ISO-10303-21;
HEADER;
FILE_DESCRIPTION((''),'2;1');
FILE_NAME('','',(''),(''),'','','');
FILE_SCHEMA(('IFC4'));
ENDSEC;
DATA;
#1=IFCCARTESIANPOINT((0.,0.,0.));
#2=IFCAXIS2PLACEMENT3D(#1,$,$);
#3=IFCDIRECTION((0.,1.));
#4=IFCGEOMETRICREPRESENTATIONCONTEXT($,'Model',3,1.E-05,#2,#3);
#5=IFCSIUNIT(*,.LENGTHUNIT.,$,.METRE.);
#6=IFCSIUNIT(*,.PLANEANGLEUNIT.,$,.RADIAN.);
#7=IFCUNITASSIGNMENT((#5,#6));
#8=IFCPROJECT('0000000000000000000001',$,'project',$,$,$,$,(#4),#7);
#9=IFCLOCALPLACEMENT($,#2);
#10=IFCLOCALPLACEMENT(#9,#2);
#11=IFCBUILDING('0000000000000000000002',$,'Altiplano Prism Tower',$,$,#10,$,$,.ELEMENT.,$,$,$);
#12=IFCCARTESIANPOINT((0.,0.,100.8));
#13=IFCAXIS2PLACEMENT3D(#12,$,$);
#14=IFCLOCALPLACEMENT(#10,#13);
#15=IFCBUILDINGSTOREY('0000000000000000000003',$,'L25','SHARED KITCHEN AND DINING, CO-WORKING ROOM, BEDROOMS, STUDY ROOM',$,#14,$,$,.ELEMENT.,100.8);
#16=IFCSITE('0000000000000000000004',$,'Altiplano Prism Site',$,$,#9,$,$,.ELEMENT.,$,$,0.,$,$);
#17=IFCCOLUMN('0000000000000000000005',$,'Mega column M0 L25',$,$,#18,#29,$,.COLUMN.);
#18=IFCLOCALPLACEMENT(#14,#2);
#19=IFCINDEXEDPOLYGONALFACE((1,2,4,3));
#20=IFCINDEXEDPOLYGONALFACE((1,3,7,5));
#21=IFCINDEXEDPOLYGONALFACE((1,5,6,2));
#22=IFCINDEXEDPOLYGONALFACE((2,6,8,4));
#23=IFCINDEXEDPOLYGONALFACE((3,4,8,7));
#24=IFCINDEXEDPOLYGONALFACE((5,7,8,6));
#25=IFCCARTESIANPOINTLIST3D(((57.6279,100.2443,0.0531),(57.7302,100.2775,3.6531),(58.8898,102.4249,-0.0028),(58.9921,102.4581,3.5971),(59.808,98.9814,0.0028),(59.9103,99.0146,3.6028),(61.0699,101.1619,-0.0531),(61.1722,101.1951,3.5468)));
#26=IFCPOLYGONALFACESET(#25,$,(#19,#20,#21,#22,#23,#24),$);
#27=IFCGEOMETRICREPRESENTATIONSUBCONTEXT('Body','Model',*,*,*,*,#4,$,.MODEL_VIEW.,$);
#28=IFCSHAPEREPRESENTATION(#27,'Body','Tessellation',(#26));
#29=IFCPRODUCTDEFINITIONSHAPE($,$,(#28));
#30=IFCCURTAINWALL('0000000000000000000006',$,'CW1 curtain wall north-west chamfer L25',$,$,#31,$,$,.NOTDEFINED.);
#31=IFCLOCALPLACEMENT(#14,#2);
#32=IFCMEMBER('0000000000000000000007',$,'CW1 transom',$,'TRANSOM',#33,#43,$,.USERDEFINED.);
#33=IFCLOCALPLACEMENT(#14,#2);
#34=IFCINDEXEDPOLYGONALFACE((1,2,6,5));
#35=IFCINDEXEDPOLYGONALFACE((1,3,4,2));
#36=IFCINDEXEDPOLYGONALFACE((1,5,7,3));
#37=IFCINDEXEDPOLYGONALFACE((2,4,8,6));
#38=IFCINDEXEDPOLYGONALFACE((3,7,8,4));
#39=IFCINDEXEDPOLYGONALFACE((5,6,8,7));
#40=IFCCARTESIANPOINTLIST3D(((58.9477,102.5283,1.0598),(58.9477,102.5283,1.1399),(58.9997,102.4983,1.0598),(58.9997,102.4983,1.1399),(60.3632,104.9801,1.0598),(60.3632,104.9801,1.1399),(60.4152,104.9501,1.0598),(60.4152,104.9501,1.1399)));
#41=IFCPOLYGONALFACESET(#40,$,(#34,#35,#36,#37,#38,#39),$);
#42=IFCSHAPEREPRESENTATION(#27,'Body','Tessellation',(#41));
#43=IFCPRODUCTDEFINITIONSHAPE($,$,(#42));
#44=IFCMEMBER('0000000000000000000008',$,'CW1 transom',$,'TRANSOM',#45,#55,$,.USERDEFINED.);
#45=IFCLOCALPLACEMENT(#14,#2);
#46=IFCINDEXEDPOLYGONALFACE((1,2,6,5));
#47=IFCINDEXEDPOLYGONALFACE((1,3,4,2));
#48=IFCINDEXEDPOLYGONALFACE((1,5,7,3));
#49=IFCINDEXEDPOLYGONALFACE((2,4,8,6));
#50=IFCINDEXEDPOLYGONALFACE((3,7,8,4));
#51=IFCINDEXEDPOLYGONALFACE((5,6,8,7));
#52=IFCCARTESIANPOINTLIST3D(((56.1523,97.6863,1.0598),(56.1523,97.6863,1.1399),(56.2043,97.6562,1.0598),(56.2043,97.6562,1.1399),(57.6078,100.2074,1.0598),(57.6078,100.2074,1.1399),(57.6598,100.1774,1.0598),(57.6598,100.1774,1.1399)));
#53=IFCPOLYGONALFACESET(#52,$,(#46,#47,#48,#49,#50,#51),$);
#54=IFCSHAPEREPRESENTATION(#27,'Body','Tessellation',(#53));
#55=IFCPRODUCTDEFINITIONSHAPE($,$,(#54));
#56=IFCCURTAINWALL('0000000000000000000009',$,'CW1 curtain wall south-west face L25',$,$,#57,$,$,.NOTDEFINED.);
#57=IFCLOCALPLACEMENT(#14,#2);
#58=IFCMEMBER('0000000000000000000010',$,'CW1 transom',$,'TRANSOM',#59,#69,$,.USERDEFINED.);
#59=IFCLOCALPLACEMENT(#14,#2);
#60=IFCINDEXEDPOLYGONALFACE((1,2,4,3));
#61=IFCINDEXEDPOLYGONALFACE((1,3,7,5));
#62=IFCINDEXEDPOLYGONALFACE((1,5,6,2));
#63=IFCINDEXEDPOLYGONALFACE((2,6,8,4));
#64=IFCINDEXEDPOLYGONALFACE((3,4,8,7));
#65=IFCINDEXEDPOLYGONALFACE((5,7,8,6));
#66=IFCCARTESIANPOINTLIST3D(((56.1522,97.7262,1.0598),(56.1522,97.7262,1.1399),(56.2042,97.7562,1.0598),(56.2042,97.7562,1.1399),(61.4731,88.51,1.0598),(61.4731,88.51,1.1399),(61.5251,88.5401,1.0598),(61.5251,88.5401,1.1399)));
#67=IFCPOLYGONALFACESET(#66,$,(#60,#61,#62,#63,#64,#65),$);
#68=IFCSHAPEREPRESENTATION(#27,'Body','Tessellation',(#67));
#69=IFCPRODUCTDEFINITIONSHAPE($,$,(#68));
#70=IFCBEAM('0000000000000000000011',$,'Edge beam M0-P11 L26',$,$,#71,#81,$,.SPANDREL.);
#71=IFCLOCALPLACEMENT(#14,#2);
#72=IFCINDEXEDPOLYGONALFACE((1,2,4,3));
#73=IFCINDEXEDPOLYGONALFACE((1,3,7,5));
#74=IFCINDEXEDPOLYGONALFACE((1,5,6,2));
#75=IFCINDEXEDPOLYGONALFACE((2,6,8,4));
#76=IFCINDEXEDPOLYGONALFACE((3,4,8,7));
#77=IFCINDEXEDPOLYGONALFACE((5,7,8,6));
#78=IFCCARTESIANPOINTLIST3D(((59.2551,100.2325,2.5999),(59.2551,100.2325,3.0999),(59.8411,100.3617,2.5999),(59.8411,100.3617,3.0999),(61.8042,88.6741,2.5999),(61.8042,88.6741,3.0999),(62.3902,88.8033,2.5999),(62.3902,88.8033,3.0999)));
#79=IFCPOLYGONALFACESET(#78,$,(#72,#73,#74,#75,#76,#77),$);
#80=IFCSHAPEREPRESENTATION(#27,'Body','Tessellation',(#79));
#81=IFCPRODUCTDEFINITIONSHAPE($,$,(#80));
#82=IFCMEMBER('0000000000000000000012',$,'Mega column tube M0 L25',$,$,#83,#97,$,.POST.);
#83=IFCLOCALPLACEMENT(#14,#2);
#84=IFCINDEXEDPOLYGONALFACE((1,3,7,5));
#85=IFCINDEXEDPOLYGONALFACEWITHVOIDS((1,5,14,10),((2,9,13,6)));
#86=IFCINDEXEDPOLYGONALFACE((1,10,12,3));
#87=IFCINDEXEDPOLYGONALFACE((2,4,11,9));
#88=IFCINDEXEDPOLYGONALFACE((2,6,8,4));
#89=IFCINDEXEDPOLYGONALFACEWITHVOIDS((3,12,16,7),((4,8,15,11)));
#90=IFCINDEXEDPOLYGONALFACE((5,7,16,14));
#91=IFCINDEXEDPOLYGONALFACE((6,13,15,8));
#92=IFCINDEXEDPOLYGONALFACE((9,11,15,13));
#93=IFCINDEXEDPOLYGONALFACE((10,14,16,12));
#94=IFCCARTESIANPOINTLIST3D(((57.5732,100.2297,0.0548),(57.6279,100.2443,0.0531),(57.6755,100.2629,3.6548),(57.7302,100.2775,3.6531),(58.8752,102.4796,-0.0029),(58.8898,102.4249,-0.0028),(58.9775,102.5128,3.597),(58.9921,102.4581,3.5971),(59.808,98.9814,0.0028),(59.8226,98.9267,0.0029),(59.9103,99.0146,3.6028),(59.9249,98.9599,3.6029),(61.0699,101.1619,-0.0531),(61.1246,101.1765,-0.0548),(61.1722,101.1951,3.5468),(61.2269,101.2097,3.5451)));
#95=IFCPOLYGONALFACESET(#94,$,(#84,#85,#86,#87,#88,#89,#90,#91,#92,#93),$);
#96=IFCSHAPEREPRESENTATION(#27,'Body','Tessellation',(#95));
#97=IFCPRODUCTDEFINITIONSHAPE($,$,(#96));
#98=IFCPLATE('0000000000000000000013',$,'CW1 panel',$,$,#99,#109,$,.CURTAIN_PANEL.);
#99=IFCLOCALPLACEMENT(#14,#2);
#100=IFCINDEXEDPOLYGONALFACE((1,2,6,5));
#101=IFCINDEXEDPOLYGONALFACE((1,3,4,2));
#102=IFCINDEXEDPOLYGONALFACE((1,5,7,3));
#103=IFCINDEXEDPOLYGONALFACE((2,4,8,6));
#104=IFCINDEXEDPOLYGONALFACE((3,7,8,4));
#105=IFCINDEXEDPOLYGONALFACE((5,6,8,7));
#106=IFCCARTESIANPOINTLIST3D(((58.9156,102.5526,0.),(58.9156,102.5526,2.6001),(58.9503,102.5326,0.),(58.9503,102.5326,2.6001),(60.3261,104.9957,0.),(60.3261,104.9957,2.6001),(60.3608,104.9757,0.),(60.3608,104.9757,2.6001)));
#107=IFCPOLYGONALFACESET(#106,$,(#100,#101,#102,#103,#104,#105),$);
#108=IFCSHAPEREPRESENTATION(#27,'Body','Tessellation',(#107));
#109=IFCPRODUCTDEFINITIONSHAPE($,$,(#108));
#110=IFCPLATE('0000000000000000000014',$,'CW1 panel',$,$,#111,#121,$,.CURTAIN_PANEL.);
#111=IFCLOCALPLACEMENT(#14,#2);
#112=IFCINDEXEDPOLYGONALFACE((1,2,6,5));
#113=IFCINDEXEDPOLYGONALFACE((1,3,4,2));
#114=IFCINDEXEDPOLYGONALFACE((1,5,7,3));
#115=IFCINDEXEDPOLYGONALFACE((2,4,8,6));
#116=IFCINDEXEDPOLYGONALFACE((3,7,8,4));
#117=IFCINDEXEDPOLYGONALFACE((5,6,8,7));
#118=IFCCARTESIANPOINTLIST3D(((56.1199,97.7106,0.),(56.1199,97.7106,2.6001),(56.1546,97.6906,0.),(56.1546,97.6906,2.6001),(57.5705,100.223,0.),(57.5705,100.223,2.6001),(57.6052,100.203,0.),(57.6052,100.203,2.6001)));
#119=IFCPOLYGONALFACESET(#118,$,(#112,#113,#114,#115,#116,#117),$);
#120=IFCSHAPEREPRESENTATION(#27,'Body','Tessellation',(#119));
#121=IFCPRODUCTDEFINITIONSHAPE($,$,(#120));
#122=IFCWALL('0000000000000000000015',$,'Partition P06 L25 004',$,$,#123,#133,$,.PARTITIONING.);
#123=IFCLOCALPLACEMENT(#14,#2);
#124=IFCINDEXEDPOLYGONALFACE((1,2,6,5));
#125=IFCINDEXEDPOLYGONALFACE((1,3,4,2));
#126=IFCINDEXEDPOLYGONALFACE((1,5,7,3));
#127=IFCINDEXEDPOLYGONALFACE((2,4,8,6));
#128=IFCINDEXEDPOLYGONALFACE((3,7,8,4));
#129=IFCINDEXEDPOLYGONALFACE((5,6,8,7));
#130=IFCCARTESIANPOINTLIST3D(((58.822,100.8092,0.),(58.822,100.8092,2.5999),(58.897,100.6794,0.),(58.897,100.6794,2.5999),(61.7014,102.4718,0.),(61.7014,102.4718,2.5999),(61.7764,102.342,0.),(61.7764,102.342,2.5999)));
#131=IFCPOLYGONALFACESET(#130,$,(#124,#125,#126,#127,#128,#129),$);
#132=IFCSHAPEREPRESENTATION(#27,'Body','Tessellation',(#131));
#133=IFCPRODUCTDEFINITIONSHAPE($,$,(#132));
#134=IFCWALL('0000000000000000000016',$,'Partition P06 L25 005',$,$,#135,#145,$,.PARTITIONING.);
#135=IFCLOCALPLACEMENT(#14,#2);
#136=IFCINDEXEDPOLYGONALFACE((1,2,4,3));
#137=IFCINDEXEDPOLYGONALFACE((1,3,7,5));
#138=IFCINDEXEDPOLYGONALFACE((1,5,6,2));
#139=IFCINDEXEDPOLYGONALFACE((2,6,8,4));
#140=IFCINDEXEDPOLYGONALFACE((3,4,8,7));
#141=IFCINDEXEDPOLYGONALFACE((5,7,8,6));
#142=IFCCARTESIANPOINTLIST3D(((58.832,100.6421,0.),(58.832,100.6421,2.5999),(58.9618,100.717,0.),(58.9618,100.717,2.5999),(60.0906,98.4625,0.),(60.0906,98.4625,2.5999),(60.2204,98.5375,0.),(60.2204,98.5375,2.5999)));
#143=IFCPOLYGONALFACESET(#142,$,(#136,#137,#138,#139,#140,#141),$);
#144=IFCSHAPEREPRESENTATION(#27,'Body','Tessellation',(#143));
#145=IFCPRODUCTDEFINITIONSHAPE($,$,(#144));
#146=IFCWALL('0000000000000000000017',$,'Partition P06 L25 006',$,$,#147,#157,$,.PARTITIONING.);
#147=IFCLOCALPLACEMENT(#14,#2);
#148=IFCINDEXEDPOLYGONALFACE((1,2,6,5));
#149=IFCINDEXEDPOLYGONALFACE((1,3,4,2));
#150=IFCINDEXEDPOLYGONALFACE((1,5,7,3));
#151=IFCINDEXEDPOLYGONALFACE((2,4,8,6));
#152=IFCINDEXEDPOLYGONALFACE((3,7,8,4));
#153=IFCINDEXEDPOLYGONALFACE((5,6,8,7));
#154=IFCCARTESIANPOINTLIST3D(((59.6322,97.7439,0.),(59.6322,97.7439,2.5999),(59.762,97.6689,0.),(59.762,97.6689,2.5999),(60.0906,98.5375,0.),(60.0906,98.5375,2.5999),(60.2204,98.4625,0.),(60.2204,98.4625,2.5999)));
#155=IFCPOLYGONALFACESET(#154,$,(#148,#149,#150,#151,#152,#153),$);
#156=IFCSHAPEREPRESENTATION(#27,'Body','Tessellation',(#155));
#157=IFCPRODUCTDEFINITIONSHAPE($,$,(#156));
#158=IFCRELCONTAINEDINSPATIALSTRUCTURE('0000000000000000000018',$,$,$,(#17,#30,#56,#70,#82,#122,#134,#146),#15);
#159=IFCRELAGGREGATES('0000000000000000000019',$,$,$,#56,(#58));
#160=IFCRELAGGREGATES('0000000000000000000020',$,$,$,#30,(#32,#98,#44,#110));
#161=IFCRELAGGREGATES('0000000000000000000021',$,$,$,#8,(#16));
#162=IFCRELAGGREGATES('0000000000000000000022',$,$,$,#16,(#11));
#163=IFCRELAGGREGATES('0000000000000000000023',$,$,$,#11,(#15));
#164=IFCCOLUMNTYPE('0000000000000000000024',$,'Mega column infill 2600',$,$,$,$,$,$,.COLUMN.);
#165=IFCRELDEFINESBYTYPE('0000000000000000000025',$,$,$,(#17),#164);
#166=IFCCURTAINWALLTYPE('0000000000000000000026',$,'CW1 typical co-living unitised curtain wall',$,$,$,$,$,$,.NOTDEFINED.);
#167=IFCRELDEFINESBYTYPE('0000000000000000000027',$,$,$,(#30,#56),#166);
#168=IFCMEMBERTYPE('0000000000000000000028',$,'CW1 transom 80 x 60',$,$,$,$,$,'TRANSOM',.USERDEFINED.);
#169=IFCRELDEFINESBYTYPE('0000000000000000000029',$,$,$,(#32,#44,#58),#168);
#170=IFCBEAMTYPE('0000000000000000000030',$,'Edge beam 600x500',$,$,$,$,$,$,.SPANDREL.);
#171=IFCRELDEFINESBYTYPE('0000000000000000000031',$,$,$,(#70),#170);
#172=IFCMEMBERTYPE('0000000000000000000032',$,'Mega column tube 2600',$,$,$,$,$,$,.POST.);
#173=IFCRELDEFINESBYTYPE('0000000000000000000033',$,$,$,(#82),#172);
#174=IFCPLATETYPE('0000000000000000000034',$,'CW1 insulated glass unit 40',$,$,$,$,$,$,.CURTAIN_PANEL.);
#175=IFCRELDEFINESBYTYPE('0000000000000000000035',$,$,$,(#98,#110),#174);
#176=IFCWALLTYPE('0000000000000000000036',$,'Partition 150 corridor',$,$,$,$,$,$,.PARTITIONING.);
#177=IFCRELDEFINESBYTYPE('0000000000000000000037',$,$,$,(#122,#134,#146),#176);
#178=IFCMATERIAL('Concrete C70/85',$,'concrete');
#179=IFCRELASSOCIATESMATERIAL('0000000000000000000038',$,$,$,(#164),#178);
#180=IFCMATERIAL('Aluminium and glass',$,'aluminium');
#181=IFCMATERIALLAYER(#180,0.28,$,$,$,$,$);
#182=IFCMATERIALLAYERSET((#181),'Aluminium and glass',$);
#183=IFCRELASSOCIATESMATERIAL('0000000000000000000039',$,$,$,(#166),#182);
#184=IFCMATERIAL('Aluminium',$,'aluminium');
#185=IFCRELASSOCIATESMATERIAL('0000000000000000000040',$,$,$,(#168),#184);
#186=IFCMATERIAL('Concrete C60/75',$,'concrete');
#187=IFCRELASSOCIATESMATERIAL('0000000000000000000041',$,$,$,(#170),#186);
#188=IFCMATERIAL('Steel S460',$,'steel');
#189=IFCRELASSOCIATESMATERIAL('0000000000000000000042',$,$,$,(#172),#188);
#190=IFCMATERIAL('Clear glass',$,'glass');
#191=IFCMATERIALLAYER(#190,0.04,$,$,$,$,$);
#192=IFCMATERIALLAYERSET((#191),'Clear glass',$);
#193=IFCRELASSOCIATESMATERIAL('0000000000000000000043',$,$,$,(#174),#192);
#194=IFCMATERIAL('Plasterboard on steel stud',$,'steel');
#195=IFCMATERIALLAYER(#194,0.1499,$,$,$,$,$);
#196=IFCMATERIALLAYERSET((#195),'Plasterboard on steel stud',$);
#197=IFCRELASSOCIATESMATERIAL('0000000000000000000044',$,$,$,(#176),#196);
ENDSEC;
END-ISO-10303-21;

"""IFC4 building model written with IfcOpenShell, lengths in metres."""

from ifc_helpers import new_model, si_unit, direction, frame, frame_2d, origin, origin_2d, place, context, subcontext, project, spatial, rectangle, hollow_rectangle, extrude, material, layer, layer_set, material_profile, profile_set, type_object, element, aggregate, save


model = new_model("IFC4")

# Units and contexts
model_context = context("Model", 3, precision=1e-05, world=origin(), true_north=direction((0.0, 1.0)))
body_context = subcontext(model_context, "Body", "Model", "MODEL_VIEW")
ifc_project = project(units=[si_unit("LENGTHUNIT", "METRE"), si_unit("PLANEANGLEUNIT", "RADIAN")], contexts=[model_context])

# Site, building, storey
site_placement = place(None, origin())
site = spatial("IfcSite", under=ifc_project, at=site_placement, Name="Altiplano Prism Site", CompositionType="ELEMENT", RefElevation=0.0)
building_placement = place(site_placement, origin())
building = spatial("IfcBuilding", under=site, at=building_placement, Name="Altiplano Prism Tower", CompositionType="ELEMENT")
storey_placement = place(building_placement, frame((0.0, 0.0, 100.8)))
storey = spatial("IfcBuildingStorey", under=building, at=storey_placement, Name="L25", Description="SHARED KITCHEN AND DINING, CO-WORKING ROOM, BEDROOMS, STUDY ROOM", CompositionType="ELEMENT", Elevation=100.8)

# Column
ifc_material_1 = material(Name="Concrete C70/85", Category="concrete")
ifc_material_profile_1 = material_profile(ifc_material_1, rectangle(XDim=2.52, YDim=2.52, at=origin_2d()), Name="Mega column infill 2600")
ifc_profile_set_1 = profile_set([ifc_material_profile_1], Name="Concrete C70/85")
column_type = type_object("IfcColumnType", Name="Mega column infill 2600", PredefinedType="COLUMN", material=ifc_profile_set_1)
column_placement = place(storey_placement, frame((59.3489, 100.7031, 0.0), z_axis=(0.028404, 0.009219, 0.999554), x_axis=(-0.865122, 0.501165, 0.019961)))
element("IfcColumn", 1, at=column_placement, inside=storey, type_object=column_type, Name="Mega column M0 L25", PredefinedType="COLUMN", context=body_context, shape_type="SweptSolid", body=[
    extrude(rectangle(XDim=2.52, YDim=2.52, at=origin_2d()), origin(), (0.0, 0.0, 1.0), 3.6016),
])

# Curtain wall, members
ifc_material_2 = material(Name="Aluminium and glass", Category="aluminium")
ifc_layer_1 = layer(ifc_material_2, 0.28)
ifc_layer_set_1 = layer_set([ifc_layer_1], Name="Aluminium and glass")
curtain_wall_type = type_object("IfcCurtainWallType", Name="CW1 typical co-living unitised curtain wall", PredefinedType="NOTDEFINED", material=ifc_layer_set_1)
curtain_wall_1_placement = place(storey_placement, origin())
curtain_wall_1 = element("IfcCurtainWall", 2, at=curtain_wall_1_placement, inside=storey, type_object=curtain_wall_type, Name="CW1 curtain wall north-west chamfer L25", PredefinedType="NOTDEFINED")
ifc_material_3 = material(Name="Aluminium", Category="aluminium")
ifc_material_profile_2 = material_profile(ifc_material_3, rectangle(XDim=0.0601, YDim=0.0801, at=origin_2d()), Name="CW1 transom 80 x 60")
ifc_profile_set_2 = profile_set([ifc_material_profile_2], Name="Aluminium")
member_type_1 = type_object("IfcMemberType", Name="CW1 transom 80 x 60", ElementType="TRANSOM", PredefinedType="USERDEFINED", material=ifc_profile_set_2)
member_1_placement = place(storey_placement, frame((60.3892, 104.9651, 1.0999), z_axis=(-0.499979, -0.866038, 0.0), x_axis=(0.866038, -0.499979, 0.0)))
member_1 = element("IfcMember", 3, at=member_1_placement, type_object=member_type_1, Name="CW1 transom", ObjectType="TRANSOM", PredefinedType="USERDEFINED", context=body_context, shape_type="SweptSolid", body=[
    extrude(rectangle(XDim=0.0601, YDim=0.0801, at=origin_2d()), origin(), (0.0, 0.0, 1.0), 2.8311),
])
member_2_placement = place(storey_placement, frame((57.6338, 100.1924, 1.0999), z_axis=(-0.499981, -0.866036, 0.0), x_axis=(0.866036, -0.499981, 0.0)))
member_2 = element("IfcMember", 4, at=member_2_placement, type_object=member_type_1, Name="CW1 transom", ObjectType="TRANSOM", PredefinedType="USERDEFINED", context=body_context, shape_type="SweptSolid", body=[
    extrude(rectangle(XDim=0.0601, YDim=0.0801, at=origin_2d()), origin(), (0.0, 0.0, 1.0), 2.9111),
])

# Curtain wall, member
curtain_wall_2_placement = place(storey_placement, origin())
curtain_wall_2 = element("IfcCurtainWall", 5, at=curtain_wall_2_placement, inside=storey, type_object=curtain_wall_type, Name="CW1 curtain wall south-west face L25", PredefinedType="NOTDEFINED")
member_3_placement = place(storey_placement, frame((56.1782, 97.7412, 1.0999), z_axis=(0.499993, -0.866029, 0.0), x_axis=(0.866029, 0.499993, 0.0)))
member_3 = element("IfcMember", 6, at=member_3_placement, type_object=member_type_1, Name="CW1 transom", ObjectType="TRANSOM", PredefinedType="USERDEFINED", context=body_context, shape_type="SweptSolid", body=[
    extrude(rectangle(XDim=0.0601, YDim=0.0801, at=origin_2d()), origin(), (0.0, 0.0, 1.0), 10.6418),
])
aggregate(curtain_wall_2, [member_3])

# Beam
ifc_material_4 = material(Name="Concrete C60/75", Category="concrete")
ifc_material_profile_3 = material_profile(ifc_material_4, rectangle(XDim=0.6001, YDim=0.5, at=origin_2d()), Name="Edge beam 600x500")
ifc_profile_set_3 = profile_set([ifc_material_profile_3], Name="Concrete C60/75")
beam_type = type_object("IfcBeamType", Name="Edge beam 600x500", PredefinedType="SPANDREL", material=ifc_profile_set_3)
beam_placement = place(storey_placement, frame((59.5481, 100.2971, 2.8499), z_axis=(0.215364, -0.976534, 0.0), x_axis=(0.976534, 0.215364, 0.0)))
element("IfcBeam", 7, at=beam_placement, inside=storey, type_object=beam_type, Name="Edge beam M0-P11 L26", PredefinedType="SPANDREL", context=body_context, shape_type="SweptSolid", body=[
    extrude(rectangle(XDim=0.6001, YDim=0.5, at=origin_2d()), origin(), (0.0, 0.0, 1.0), 11.8362),
])

# Member
ifc_material_5 = material(Name="Steel S460", Category="steel")
ifc_material_profile_4 = material_profile(ifc_material_5, hollow_rectangle(XDim=2.6001, YDim=2.6001, WallThickness=0.04, at=origin_2d()), Name="Mega column tube 2600")
ifc_profile_set_4 = profile_set([ifc_material_profile_4], Name="Steel S460")
member_type_2 = type_object("IfcMemberType", Name="Mega column tube 2600", PredefinedType="POST", material=ifc_profile_set_4)
member_4_placement = place(storey_placement, frame((59.3489, 100.7031, 0.0), z_axis=(0.028404, 0.009219, 0.999554), x_axis=(-0.865122, 0.501165, 0.019961)))
element("IfcMember", 8, at=member_4_placement, inside=storey, type_object=member_type_2, Name="Mega column tube M0 L25", PredefinedType="POST", context=body_context, shape_type="SweptSolid", body=[
    extrude(hollow_rectangle(XDim=2.6001, YDim=2.6001, WallThickness=0.04, at=origin_2d()), origin(), (0.0, 0.0, 1.0), 3.6016),
])

# Plates
ifc_material_6 = material(Name="Clear glass", Category="glass")
ifc_layer_2 = layer(ifc_material_6, 0.04)
ifc_layer_set_2 = layer_set([ifc_layer_2], Name="Clear glass")
plate_type = type_object("IfcPlateType", Name="CW1 insulated glass unit 40", PredefinedType="CURTAIN_PANEL", material=ifc_layer_set_2)
plate_1_placement = place(storey_placement, frame((59.6382, 103.7642, 0.0), z_axis=(0.0, 0.0, 1.0), x_axis=(-0.5, -0.866025, 0.0)))
plate_1 = element("IfcPlate", 9, at=plate_1_placement, type_object=plate_type, Name="CW1 panel", PredefinedType="CURTAIN_PANEL", context=body_context, shape_type="SweptSolid", body=[
    extrude(rectangle(XDim=2.821, YDim=0.04, at=origin_2d()), origin(), (0.0, 0.0, 1.0), 2.6001),
])
plate_2_placement = place(storey_placement, frame((56.8625, 98.9568, 0.0), z_axis=(0.0, 0.0, 1.0), x_axis=(-0.5, -0.866025, 0.0)))
plate_2 = element("IfcPlate", 10, at=plate_2_placement, type_object=plate_type, Name="CW1 panel", PredefinedType="CURTAIN_PANEL", context=body_context, shape_type="SweptSolid", body=[
    extrude(rectangle(XDim=2.9011, YDim=0.04, at=origin_2d()), origin(), (0.0, 0.0, 1.0), 2.6001),
])
aggregate(curtain_wall_1, [member_1, plate_1, member_2, plate_2])

# Walls
ifc_material_7 = material(Name="Plasterboard on steel stud", Category="steel")
ifc_layer_3 = layer(ifc_material_7, 0.1499)
ifc_layer_set_3 = layer_set([ifc_layer_3], Name="Plasterboard on steel stud")
wall_type_1 = type_object("IfcWallType", Name="Partition 150 corridor", PredefinedType="PARTITIONING", material=ifc_layer_set_3)
wall_1_placement = place(storey_placement, frame((61.739, 102.407, 0.0), z_axis=(0.0, 0.0, 1.0), x_axis=(-0.866002, -0.50004, 0.0)))
element("IfcWall", 11, at=wall_1_placement, inside=storey, type_object=wall_type_1, Name="Partition P06 L25 004", PredefinedType="PARTITIONING", context=body_context, shape_type="SweptSolid", body=[
    extrude(rectangle(XDim=3.325, YDim=0.1499, at=frame_2d((1.6626, 0.0))), origin(), (0.0, 0.0, 1.0), 2.5999),
])
wall_2_placement = place(storey_placement, frame((58.897, 100.6794, 0.0), z_axis=(0.0, 0.0, 1.0), x_axis=(0.500072, -0.865984, 0.0)))
element("IfcWall", 12, at=wall_2_placement, inside=storey, type_object=wall_type_1, Name="Partition P06 L25 005", PredefinedType="PARTITIONING", context=body_context, shape_type="SweptSolid", body=[
    extrude(rectangle(XDim=2.5168, YDim=0.1499, at=frame_2d((1.2583, 0.0))), origin(), (0.0, 0.0, 1.0), 2.5999),
])
wall_3_placement = place(storey_placement, frame((60.1555, 98.5, 0.0), z_axis=(0.0, 0.0, 1.0), x_axis=(-0.500207, -0.865906, 0.0)))
element("IfcWall", 13, at=wall_3_placement, inside=storey, type_object=wall_type_1, Name="Partition P06 L25 006", PredefinedType="PARTITIONING", context=body_context, shape_type="SweptSolid", body=[
    extrude(rectangle(XDim=0.9165, YDim=0.1499, at=frame_2d((0.4583, 0.0))), origin(), (0.0, 0.0, 1.0), 2.5999),
])

save(model, "model.ifc")
